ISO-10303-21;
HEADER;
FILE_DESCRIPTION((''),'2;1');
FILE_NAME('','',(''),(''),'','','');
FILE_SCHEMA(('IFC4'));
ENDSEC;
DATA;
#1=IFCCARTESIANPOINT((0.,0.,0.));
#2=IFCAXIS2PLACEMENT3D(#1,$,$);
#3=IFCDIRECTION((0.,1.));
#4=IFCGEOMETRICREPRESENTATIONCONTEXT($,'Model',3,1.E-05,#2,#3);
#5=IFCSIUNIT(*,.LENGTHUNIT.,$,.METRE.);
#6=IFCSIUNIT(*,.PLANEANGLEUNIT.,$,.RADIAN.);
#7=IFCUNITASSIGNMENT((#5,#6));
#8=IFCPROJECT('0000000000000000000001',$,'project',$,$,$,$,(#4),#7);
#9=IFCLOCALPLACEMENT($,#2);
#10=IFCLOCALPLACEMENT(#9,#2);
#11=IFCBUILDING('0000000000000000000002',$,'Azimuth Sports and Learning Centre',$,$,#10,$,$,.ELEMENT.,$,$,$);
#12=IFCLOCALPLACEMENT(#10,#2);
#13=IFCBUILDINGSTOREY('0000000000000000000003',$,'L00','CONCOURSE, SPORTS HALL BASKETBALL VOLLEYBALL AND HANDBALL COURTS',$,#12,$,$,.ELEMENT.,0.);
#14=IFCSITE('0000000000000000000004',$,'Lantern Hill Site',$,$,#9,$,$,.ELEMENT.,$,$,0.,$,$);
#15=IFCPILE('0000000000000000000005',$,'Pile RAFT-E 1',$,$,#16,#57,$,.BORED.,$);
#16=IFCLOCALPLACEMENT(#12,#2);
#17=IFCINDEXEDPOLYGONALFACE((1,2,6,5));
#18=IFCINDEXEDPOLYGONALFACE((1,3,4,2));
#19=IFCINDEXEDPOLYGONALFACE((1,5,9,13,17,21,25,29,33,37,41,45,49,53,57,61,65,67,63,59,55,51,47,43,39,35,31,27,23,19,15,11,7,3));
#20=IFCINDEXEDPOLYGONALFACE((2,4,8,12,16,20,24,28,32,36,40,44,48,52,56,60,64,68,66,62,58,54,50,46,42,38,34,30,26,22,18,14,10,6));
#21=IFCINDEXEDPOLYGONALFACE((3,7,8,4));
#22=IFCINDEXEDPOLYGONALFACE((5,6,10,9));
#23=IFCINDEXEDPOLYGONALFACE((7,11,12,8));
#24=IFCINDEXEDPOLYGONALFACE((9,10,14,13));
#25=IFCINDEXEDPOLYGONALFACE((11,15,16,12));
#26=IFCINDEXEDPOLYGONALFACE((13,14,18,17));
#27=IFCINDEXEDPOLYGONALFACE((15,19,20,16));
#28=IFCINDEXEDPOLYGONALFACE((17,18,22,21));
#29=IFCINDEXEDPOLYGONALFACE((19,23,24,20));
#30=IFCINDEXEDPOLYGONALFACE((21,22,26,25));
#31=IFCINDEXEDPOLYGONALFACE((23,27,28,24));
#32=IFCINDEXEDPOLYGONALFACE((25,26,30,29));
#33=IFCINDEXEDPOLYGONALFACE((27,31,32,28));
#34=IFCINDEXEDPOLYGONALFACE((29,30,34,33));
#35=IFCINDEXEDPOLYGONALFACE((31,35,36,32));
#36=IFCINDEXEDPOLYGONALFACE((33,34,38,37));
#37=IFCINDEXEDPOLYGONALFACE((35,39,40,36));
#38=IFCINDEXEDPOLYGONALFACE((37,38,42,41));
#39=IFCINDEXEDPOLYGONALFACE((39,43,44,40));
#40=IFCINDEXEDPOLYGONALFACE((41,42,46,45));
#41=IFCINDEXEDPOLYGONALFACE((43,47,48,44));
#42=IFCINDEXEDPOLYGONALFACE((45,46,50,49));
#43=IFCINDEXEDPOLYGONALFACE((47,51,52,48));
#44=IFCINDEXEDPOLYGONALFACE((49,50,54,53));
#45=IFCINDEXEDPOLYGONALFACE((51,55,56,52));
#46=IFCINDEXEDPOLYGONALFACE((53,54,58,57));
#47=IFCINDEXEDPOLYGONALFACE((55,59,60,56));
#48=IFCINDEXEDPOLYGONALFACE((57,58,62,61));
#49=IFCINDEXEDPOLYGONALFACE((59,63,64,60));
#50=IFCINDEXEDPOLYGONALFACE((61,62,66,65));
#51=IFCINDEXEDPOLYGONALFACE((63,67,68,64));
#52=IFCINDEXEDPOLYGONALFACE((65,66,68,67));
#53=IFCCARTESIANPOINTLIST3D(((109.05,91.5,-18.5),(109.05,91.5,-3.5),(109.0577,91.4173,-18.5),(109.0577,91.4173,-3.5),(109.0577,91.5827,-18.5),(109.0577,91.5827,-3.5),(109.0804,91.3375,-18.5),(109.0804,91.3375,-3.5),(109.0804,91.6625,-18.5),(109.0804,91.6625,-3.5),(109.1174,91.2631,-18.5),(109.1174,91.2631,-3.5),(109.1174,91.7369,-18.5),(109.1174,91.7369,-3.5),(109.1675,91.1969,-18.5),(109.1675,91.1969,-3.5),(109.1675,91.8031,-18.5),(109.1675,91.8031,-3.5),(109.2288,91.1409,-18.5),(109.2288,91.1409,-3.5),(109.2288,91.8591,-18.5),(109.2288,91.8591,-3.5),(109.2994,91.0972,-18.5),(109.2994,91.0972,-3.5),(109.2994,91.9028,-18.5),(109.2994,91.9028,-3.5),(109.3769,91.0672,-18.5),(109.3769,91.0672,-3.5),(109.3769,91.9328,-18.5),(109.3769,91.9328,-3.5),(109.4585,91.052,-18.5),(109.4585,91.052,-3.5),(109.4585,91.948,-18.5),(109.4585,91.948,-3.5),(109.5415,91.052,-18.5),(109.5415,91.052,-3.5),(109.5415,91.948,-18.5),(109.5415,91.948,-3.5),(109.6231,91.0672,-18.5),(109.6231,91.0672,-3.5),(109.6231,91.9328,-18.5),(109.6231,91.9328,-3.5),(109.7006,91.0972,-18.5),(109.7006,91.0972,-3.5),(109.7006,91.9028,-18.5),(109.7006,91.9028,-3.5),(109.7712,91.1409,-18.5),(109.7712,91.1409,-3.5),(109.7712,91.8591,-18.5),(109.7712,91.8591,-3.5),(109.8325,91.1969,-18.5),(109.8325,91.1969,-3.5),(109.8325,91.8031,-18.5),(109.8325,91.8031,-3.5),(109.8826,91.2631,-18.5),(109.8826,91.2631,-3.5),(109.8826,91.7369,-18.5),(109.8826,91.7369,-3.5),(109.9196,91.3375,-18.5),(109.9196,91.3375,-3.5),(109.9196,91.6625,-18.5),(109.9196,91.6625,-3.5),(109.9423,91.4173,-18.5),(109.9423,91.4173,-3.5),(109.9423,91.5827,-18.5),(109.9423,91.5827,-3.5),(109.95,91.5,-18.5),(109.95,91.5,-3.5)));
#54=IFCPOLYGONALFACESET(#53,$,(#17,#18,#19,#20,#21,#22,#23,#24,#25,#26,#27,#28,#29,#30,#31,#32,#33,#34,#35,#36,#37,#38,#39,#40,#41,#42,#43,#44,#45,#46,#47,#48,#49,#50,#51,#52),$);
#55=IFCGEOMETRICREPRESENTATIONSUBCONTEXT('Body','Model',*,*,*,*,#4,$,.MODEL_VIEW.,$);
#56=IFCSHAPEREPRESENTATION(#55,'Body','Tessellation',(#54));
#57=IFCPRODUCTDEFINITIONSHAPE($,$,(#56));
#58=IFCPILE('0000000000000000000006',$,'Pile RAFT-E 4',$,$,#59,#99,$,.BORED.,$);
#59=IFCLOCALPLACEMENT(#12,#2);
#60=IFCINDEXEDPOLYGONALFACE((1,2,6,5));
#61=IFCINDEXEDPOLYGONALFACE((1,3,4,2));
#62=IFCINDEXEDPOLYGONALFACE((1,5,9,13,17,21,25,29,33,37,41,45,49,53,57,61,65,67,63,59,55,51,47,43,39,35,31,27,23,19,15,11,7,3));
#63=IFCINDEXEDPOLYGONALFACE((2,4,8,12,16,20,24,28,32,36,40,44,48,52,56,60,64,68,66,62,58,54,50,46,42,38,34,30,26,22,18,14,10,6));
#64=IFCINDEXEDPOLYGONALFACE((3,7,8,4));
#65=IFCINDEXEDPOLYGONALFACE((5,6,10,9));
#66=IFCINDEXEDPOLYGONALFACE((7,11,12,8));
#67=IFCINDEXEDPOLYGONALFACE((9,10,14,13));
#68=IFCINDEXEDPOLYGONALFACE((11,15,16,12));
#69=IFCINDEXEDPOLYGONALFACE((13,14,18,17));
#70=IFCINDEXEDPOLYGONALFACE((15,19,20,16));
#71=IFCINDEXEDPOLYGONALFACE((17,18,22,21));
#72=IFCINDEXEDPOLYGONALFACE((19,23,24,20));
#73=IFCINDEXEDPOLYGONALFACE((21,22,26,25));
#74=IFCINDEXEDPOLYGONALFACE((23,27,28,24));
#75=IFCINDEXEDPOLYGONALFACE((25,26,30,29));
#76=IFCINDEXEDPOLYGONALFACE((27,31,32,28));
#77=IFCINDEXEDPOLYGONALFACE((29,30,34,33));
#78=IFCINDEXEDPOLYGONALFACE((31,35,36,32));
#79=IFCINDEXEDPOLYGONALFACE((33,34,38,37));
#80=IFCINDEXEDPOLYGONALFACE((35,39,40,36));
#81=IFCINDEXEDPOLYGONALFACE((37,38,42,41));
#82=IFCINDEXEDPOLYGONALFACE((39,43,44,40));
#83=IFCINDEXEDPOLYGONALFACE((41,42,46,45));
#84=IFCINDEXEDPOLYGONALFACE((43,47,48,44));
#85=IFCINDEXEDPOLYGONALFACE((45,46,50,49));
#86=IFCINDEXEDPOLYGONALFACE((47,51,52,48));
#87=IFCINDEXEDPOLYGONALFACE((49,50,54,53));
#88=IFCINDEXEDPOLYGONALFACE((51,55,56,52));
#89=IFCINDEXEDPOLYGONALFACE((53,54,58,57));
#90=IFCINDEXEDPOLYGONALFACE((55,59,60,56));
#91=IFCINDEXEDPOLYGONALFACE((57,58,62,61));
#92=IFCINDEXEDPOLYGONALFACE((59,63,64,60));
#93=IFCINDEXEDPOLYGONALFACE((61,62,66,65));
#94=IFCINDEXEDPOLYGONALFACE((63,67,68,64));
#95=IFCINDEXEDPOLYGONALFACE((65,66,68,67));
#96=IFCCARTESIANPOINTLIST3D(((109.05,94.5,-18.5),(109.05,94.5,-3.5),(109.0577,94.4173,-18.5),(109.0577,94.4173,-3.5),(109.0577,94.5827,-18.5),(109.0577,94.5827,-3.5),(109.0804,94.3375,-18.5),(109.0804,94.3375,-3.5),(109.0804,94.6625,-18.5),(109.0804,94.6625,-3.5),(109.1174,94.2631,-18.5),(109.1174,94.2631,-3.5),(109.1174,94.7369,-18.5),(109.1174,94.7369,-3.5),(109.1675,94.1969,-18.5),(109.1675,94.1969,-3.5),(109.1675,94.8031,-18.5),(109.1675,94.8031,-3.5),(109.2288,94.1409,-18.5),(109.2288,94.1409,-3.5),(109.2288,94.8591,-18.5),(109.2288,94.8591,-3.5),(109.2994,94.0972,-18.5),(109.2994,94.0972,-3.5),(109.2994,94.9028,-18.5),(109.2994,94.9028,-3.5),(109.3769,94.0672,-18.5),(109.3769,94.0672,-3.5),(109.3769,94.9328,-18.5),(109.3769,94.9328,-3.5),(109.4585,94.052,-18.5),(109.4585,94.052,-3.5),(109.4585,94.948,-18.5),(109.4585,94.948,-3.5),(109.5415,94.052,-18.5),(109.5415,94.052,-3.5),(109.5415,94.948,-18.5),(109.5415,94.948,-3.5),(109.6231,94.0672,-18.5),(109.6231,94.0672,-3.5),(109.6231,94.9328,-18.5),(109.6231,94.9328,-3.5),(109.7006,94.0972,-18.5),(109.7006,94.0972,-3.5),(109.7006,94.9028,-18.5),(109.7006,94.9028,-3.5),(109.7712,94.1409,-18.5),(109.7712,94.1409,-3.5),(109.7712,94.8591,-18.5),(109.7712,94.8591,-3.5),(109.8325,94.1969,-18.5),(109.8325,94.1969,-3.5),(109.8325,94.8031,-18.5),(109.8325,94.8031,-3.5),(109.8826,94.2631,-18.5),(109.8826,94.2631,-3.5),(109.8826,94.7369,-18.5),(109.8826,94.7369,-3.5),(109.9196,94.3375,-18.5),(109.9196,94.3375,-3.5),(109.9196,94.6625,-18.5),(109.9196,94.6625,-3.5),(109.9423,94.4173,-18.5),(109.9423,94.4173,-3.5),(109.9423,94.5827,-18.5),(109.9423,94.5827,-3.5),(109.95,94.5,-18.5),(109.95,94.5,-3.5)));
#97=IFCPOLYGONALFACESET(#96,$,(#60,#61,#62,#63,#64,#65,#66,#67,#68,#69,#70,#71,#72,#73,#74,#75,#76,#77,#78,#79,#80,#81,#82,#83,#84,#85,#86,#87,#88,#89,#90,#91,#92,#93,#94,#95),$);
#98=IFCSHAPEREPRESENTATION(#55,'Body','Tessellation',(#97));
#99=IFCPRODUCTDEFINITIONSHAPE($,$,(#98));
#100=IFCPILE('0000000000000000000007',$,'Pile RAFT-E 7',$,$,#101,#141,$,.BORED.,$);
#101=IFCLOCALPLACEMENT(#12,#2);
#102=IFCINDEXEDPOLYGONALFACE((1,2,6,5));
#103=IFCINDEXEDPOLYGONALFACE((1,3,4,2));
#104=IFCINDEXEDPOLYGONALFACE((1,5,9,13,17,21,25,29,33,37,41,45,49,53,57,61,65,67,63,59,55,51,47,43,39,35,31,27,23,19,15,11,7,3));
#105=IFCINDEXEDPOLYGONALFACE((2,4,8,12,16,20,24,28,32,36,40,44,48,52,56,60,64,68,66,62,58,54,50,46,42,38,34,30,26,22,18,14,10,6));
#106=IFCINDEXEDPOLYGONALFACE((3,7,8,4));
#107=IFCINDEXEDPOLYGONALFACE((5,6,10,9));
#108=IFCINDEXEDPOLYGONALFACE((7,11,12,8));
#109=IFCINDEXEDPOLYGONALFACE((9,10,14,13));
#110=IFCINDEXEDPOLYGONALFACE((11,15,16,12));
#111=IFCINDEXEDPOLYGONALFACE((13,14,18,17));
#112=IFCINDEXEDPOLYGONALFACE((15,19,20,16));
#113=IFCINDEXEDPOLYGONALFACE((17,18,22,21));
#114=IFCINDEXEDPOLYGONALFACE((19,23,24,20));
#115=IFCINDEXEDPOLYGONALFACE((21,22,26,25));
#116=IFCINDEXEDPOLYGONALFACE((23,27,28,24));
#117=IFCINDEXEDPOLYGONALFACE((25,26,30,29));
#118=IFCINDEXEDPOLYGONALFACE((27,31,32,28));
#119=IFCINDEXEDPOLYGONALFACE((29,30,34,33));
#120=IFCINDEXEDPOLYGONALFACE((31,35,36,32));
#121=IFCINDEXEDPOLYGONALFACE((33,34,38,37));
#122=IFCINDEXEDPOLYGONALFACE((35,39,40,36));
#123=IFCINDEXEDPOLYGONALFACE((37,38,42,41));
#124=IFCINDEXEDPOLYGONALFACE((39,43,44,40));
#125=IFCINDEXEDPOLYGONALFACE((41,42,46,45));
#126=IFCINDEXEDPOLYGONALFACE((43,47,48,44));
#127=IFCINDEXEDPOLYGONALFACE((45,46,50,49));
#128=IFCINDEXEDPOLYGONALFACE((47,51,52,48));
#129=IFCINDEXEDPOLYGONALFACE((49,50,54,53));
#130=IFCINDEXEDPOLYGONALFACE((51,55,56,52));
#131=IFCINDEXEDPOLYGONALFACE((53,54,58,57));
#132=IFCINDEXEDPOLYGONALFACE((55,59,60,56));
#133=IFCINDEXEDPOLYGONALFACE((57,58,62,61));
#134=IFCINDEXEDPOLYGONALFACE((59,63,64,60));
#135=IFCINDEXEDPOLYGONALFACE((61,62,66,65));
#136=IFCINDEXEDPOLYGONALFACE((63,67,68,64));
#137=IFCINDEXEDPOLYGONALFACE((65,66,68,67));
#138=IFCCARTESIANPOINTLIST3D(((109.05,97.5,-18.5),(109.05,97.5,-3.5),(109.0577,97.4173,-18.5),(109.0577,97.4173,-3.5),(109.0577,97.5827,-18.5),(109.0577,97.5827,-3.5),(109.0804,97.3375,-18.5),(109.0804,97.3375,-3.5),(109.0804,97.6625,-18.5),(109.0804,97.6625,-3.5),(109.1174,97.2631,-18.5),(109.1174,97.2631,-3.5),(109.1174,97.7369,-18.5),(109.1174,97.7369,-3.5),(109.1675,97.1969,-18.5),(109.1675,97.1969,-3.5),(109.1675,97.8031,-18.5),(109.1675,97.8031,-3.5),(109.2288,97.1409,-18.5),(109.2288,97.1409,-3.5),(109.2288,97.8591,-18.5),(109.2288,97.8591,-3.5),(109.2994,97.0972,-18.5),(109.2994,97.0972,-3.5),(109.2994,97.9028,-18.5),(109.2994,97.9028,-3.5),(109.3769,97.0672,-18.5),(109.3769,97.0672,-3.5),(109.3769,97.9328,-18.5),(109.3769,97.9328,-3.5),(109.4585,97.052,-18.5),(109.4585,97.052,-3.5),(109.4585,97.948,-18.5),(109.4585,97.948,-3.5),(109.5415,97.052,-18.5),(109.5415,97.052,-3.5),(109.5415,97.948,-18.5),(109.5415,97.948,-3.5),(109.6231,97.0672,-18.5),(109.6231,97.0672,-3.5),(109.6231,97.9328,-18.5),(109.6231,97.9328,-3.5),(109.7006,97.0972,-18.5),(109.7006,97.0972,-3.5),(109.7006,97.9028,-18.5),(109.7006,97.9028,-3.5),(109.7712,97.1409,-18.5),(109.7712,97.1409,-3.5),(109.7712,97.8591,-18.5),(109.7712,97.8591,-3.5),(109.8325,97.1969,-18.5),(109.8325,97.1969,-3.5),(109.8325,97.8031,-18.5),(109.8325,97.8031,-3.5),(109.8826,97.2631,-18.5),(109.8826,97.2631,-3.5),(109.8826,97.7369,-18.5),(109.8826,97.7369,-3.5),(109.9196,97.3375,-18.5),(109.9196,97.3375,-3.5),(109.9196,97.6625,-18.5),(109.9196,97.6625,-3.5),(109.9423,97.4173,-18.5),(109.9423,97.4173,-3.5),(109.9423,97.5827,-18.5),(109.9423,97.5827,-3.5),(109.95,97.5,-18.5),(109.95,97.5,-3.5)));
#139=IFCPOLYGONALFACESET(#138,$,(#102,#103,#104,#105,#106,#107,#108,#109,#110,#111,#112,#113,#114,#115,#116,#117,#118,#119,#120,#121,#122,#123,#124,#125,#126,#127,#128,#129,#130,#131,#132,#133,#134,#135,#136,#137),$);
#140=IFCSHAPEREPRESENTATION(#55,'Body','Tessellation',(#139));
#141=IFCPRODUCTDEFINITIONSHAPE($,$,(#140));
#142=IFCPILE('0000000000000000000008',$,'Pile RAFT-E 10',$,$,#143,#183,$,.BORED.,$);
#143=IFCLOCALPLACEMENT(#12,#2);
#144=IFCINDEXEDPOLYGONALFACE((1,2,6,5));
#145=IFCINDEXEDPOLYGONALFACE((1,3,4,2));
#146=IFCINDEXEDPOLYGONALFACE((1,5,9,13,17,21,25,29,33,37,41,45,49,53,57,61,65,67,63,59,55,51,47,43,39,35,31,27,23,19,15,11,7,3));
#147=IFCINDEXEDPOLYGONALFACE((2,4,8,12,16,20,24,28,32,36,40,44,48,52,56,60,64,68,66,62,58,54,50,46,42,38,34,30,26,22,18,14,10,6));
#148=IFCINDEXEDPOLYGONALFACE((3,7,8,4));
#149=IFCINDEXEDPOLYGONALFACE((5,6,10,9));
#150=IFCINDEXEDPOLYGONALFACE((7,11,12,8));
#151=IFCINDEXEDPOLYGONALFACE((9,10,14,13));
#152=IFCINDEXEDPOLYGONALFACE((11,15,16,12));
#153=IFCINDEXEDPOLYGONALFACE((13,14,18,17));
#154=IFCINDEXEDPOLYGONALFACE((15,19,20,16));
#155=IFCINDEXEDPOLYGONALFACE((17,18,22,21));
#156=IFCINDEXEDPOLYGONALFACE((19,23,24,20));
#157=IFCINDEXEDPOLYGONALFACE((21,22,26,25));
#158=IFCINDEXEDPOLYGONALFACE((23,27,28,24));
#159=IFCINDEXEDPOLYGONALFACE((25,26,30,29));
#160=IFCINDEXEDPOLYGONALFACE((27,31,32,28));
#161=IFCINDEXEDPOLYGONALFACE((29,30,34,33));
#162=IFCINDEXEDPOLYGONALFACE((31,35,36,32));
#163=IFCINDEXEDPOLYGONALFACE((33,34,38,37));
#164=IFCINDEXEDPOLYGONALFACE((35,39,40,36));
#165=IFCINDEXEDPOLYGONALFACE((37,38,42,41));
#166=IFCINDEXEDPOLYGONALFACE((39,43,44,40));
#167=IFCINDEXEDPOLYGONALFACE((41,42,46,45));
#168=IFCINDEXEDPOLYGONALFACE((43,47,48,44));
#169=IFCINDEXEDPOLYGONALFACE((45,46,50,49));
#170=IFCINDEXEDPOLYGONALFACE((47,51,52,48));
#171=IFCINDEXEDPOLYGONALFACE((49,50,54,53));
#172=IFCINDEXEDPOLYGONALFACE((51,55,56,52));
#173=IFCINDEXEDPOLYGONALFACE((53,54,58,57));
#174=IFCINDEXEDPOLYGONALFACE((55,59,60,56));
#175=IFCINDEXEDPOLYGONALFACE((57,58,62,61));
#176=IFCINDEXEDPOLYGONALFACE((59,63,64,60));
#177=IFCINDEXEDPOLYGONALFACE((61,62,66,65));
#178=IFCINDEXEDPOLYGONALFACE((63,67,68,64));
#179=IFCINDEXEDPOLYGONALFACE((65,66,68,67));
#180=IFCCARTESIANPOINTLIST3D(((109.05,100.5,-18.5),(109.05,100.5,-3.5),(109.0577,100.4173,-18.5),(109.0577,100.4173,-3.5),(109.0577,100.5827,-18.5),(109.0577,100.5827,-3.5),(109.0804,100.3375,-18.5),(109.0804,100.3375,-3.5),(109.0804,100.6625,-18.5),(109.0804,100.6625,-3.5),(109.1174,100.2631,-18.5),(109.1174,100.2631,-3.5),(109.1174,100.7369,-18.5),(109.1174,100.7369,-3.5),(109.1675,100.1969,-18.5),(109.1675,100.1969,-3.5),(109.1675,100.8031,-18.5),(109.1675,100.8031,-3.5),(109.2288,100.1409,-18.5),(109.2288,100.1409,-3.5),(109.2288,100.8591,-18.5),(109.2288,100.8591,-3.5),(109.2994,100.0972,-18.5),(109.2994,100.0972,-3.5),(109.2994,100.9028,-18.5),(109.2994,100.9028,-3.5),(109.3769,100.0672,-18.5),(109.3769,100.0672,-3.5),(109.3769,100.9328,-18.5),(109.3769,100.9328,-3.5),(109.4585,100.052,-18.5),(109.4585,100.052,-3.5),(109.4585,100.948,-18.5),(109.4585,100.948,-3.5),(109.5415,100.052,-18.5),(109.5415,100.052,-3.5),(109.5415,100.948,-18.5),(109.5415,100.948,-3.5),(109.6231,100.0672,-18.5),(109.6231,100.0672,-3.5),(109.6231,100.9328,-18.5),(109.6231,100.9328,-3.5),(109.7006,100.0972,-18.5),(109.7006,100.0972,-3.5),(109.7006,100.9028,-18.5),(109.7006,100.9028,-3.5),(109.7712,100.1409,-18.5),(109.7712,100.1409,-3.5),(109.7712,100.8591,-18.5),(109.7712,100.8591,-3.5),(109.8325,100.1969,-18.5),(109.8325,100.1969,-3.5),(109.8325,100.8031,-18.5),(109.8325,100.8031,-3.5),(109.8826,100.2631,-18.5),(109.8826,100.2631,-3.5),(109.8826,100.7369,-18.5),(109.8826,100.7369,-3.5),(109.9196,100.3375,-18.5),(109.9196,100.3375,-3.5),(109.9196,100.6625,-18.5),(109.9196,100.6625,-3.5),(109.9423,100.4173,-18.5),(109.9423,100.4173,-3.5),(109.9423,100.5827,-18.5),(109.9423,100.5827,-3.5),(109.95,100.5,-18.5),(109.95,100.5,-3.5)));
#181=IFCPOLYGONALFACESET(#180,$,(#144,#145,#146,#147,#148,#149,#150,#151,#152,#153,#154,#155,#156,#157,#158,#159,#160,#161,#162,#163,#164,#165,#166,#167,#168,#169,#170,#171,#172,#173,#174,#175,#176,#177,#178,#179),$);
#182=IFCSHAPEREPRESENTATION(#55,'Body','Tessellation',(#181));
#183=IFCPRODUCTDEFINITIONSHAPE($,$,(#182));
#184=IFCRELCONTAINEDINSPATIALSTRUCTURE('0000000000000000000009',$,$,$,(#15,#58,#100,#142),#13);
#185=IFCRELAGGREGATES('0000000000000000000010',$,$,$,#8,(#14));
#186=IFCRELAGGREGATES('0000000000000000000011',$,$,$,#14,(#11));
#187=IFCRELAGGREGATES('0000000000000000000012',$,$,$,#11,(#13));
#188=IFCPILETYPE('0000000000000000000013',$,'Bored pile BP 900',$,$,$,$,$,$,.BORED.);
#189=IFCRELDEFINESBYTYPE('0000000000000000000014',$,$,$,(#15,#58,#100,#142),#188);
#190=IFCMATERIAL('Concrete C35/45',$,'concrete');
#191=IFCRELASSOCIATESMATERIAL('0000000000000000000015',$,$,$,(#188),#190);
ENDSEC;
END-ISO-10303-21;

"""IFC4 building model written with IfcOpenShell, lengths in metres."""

from ifc_helpers import new_model, si_unit, direction, frame, origin, origin_2d, place, context, subcontext, project, spatial, circle, extrude, material, material_profile, profile_set, type_object, element, save


model = new_model("IFC4")

# Units and contexts
model_context = context("Model", 3, precision=1e-05, world=origin(), true_north=direction((0.0, 1.0)))
body_context = subcontext(model_context, "Body", "Model", "MODEL_VIEW")
ifc_project = project(units=[si_unit("LENGTHUNIT", "METRE"), si_unit("PLANEANGLEUNIT", "RADIAN")], contexts=[model_context])

# Site, building, storey
site_placement = place(None, origin())
site = spatial("IfcSite", under=ifc_project, at=site_placement, Name="Lantern Hill Site", CompositionType="ELEMENT", RefElevation=0.0)
building_placement = place(site_placement, origin())
building = spatial("IfcBuilding", under=site, at=building_placement, Name="Azimuth Sports and Learning Centre", CompositionType="ELEMENT")
storey_placement = place(building_placement, origin())
storey = spatial("IfcBuildingStorey", under=building, at=storey_placement, Name="L00", Description="CONCOURSE, SPORTS HALL BASKETBALL VOLLEYBALL AND HANDBALL COURTS", CompositionType="ELEMENT", Elevation=0.0)

# Piles
ifc_material_1 = material(Name="Concrete C35/45", Category="concrete")
ifc_material_profile_1 = material_profile(ifc_material_1, circle(Radius=0.45, at=origin_2d()), Name="BP 900")
ifc_profile_set_1 = profile_set([ifc_material_profile_1], Name="Concrete C35/45")
pile_type = type_object("IfcPileType", Name="Bored pile BP 900", PredefinedType="BORED", material=ifc_profile_set_1)
for number, where, z_axis, x_axis, name in (
    (1, (109.5, 91.5, -3.5), (0.0, 0.0, -1.0), (1.0, 0.0, 0.0), "Pile RAFT-E 1"),
    (2, (109.5, 94.5, -3.5), (0.0, 0.0, -1.0), (1.0, 0.0, 0.0), "Pile RAFT-E 4"),
    (3, (109.5, 97.5, -3.5), (0.0, 0.0, -1.0), (1.0, 0.0, 0.0), "Pile RAFT-E 7"),
    (4, (109.5, 100.5, -3.5), (0.0, 0.0, -1.0), (1.0, 0.0, 0.0), "Pile RAFT-E 10"),
):
    element("IfcPile", number, at=place(storey_placement, frame(where, z_axis=z_axis, x_axis=x_axis)), inside=storey, type_object=pile_type, Name=name, PredefinedType="BORED", context=body_context, shape_type="SweptSolid", body=[
        extrude(circle(Radius=0.45, at=origin_2d()), origin(), (0.0, 0.0, 1.0), 15.0),
    ])

save(model, "model.ifc")
